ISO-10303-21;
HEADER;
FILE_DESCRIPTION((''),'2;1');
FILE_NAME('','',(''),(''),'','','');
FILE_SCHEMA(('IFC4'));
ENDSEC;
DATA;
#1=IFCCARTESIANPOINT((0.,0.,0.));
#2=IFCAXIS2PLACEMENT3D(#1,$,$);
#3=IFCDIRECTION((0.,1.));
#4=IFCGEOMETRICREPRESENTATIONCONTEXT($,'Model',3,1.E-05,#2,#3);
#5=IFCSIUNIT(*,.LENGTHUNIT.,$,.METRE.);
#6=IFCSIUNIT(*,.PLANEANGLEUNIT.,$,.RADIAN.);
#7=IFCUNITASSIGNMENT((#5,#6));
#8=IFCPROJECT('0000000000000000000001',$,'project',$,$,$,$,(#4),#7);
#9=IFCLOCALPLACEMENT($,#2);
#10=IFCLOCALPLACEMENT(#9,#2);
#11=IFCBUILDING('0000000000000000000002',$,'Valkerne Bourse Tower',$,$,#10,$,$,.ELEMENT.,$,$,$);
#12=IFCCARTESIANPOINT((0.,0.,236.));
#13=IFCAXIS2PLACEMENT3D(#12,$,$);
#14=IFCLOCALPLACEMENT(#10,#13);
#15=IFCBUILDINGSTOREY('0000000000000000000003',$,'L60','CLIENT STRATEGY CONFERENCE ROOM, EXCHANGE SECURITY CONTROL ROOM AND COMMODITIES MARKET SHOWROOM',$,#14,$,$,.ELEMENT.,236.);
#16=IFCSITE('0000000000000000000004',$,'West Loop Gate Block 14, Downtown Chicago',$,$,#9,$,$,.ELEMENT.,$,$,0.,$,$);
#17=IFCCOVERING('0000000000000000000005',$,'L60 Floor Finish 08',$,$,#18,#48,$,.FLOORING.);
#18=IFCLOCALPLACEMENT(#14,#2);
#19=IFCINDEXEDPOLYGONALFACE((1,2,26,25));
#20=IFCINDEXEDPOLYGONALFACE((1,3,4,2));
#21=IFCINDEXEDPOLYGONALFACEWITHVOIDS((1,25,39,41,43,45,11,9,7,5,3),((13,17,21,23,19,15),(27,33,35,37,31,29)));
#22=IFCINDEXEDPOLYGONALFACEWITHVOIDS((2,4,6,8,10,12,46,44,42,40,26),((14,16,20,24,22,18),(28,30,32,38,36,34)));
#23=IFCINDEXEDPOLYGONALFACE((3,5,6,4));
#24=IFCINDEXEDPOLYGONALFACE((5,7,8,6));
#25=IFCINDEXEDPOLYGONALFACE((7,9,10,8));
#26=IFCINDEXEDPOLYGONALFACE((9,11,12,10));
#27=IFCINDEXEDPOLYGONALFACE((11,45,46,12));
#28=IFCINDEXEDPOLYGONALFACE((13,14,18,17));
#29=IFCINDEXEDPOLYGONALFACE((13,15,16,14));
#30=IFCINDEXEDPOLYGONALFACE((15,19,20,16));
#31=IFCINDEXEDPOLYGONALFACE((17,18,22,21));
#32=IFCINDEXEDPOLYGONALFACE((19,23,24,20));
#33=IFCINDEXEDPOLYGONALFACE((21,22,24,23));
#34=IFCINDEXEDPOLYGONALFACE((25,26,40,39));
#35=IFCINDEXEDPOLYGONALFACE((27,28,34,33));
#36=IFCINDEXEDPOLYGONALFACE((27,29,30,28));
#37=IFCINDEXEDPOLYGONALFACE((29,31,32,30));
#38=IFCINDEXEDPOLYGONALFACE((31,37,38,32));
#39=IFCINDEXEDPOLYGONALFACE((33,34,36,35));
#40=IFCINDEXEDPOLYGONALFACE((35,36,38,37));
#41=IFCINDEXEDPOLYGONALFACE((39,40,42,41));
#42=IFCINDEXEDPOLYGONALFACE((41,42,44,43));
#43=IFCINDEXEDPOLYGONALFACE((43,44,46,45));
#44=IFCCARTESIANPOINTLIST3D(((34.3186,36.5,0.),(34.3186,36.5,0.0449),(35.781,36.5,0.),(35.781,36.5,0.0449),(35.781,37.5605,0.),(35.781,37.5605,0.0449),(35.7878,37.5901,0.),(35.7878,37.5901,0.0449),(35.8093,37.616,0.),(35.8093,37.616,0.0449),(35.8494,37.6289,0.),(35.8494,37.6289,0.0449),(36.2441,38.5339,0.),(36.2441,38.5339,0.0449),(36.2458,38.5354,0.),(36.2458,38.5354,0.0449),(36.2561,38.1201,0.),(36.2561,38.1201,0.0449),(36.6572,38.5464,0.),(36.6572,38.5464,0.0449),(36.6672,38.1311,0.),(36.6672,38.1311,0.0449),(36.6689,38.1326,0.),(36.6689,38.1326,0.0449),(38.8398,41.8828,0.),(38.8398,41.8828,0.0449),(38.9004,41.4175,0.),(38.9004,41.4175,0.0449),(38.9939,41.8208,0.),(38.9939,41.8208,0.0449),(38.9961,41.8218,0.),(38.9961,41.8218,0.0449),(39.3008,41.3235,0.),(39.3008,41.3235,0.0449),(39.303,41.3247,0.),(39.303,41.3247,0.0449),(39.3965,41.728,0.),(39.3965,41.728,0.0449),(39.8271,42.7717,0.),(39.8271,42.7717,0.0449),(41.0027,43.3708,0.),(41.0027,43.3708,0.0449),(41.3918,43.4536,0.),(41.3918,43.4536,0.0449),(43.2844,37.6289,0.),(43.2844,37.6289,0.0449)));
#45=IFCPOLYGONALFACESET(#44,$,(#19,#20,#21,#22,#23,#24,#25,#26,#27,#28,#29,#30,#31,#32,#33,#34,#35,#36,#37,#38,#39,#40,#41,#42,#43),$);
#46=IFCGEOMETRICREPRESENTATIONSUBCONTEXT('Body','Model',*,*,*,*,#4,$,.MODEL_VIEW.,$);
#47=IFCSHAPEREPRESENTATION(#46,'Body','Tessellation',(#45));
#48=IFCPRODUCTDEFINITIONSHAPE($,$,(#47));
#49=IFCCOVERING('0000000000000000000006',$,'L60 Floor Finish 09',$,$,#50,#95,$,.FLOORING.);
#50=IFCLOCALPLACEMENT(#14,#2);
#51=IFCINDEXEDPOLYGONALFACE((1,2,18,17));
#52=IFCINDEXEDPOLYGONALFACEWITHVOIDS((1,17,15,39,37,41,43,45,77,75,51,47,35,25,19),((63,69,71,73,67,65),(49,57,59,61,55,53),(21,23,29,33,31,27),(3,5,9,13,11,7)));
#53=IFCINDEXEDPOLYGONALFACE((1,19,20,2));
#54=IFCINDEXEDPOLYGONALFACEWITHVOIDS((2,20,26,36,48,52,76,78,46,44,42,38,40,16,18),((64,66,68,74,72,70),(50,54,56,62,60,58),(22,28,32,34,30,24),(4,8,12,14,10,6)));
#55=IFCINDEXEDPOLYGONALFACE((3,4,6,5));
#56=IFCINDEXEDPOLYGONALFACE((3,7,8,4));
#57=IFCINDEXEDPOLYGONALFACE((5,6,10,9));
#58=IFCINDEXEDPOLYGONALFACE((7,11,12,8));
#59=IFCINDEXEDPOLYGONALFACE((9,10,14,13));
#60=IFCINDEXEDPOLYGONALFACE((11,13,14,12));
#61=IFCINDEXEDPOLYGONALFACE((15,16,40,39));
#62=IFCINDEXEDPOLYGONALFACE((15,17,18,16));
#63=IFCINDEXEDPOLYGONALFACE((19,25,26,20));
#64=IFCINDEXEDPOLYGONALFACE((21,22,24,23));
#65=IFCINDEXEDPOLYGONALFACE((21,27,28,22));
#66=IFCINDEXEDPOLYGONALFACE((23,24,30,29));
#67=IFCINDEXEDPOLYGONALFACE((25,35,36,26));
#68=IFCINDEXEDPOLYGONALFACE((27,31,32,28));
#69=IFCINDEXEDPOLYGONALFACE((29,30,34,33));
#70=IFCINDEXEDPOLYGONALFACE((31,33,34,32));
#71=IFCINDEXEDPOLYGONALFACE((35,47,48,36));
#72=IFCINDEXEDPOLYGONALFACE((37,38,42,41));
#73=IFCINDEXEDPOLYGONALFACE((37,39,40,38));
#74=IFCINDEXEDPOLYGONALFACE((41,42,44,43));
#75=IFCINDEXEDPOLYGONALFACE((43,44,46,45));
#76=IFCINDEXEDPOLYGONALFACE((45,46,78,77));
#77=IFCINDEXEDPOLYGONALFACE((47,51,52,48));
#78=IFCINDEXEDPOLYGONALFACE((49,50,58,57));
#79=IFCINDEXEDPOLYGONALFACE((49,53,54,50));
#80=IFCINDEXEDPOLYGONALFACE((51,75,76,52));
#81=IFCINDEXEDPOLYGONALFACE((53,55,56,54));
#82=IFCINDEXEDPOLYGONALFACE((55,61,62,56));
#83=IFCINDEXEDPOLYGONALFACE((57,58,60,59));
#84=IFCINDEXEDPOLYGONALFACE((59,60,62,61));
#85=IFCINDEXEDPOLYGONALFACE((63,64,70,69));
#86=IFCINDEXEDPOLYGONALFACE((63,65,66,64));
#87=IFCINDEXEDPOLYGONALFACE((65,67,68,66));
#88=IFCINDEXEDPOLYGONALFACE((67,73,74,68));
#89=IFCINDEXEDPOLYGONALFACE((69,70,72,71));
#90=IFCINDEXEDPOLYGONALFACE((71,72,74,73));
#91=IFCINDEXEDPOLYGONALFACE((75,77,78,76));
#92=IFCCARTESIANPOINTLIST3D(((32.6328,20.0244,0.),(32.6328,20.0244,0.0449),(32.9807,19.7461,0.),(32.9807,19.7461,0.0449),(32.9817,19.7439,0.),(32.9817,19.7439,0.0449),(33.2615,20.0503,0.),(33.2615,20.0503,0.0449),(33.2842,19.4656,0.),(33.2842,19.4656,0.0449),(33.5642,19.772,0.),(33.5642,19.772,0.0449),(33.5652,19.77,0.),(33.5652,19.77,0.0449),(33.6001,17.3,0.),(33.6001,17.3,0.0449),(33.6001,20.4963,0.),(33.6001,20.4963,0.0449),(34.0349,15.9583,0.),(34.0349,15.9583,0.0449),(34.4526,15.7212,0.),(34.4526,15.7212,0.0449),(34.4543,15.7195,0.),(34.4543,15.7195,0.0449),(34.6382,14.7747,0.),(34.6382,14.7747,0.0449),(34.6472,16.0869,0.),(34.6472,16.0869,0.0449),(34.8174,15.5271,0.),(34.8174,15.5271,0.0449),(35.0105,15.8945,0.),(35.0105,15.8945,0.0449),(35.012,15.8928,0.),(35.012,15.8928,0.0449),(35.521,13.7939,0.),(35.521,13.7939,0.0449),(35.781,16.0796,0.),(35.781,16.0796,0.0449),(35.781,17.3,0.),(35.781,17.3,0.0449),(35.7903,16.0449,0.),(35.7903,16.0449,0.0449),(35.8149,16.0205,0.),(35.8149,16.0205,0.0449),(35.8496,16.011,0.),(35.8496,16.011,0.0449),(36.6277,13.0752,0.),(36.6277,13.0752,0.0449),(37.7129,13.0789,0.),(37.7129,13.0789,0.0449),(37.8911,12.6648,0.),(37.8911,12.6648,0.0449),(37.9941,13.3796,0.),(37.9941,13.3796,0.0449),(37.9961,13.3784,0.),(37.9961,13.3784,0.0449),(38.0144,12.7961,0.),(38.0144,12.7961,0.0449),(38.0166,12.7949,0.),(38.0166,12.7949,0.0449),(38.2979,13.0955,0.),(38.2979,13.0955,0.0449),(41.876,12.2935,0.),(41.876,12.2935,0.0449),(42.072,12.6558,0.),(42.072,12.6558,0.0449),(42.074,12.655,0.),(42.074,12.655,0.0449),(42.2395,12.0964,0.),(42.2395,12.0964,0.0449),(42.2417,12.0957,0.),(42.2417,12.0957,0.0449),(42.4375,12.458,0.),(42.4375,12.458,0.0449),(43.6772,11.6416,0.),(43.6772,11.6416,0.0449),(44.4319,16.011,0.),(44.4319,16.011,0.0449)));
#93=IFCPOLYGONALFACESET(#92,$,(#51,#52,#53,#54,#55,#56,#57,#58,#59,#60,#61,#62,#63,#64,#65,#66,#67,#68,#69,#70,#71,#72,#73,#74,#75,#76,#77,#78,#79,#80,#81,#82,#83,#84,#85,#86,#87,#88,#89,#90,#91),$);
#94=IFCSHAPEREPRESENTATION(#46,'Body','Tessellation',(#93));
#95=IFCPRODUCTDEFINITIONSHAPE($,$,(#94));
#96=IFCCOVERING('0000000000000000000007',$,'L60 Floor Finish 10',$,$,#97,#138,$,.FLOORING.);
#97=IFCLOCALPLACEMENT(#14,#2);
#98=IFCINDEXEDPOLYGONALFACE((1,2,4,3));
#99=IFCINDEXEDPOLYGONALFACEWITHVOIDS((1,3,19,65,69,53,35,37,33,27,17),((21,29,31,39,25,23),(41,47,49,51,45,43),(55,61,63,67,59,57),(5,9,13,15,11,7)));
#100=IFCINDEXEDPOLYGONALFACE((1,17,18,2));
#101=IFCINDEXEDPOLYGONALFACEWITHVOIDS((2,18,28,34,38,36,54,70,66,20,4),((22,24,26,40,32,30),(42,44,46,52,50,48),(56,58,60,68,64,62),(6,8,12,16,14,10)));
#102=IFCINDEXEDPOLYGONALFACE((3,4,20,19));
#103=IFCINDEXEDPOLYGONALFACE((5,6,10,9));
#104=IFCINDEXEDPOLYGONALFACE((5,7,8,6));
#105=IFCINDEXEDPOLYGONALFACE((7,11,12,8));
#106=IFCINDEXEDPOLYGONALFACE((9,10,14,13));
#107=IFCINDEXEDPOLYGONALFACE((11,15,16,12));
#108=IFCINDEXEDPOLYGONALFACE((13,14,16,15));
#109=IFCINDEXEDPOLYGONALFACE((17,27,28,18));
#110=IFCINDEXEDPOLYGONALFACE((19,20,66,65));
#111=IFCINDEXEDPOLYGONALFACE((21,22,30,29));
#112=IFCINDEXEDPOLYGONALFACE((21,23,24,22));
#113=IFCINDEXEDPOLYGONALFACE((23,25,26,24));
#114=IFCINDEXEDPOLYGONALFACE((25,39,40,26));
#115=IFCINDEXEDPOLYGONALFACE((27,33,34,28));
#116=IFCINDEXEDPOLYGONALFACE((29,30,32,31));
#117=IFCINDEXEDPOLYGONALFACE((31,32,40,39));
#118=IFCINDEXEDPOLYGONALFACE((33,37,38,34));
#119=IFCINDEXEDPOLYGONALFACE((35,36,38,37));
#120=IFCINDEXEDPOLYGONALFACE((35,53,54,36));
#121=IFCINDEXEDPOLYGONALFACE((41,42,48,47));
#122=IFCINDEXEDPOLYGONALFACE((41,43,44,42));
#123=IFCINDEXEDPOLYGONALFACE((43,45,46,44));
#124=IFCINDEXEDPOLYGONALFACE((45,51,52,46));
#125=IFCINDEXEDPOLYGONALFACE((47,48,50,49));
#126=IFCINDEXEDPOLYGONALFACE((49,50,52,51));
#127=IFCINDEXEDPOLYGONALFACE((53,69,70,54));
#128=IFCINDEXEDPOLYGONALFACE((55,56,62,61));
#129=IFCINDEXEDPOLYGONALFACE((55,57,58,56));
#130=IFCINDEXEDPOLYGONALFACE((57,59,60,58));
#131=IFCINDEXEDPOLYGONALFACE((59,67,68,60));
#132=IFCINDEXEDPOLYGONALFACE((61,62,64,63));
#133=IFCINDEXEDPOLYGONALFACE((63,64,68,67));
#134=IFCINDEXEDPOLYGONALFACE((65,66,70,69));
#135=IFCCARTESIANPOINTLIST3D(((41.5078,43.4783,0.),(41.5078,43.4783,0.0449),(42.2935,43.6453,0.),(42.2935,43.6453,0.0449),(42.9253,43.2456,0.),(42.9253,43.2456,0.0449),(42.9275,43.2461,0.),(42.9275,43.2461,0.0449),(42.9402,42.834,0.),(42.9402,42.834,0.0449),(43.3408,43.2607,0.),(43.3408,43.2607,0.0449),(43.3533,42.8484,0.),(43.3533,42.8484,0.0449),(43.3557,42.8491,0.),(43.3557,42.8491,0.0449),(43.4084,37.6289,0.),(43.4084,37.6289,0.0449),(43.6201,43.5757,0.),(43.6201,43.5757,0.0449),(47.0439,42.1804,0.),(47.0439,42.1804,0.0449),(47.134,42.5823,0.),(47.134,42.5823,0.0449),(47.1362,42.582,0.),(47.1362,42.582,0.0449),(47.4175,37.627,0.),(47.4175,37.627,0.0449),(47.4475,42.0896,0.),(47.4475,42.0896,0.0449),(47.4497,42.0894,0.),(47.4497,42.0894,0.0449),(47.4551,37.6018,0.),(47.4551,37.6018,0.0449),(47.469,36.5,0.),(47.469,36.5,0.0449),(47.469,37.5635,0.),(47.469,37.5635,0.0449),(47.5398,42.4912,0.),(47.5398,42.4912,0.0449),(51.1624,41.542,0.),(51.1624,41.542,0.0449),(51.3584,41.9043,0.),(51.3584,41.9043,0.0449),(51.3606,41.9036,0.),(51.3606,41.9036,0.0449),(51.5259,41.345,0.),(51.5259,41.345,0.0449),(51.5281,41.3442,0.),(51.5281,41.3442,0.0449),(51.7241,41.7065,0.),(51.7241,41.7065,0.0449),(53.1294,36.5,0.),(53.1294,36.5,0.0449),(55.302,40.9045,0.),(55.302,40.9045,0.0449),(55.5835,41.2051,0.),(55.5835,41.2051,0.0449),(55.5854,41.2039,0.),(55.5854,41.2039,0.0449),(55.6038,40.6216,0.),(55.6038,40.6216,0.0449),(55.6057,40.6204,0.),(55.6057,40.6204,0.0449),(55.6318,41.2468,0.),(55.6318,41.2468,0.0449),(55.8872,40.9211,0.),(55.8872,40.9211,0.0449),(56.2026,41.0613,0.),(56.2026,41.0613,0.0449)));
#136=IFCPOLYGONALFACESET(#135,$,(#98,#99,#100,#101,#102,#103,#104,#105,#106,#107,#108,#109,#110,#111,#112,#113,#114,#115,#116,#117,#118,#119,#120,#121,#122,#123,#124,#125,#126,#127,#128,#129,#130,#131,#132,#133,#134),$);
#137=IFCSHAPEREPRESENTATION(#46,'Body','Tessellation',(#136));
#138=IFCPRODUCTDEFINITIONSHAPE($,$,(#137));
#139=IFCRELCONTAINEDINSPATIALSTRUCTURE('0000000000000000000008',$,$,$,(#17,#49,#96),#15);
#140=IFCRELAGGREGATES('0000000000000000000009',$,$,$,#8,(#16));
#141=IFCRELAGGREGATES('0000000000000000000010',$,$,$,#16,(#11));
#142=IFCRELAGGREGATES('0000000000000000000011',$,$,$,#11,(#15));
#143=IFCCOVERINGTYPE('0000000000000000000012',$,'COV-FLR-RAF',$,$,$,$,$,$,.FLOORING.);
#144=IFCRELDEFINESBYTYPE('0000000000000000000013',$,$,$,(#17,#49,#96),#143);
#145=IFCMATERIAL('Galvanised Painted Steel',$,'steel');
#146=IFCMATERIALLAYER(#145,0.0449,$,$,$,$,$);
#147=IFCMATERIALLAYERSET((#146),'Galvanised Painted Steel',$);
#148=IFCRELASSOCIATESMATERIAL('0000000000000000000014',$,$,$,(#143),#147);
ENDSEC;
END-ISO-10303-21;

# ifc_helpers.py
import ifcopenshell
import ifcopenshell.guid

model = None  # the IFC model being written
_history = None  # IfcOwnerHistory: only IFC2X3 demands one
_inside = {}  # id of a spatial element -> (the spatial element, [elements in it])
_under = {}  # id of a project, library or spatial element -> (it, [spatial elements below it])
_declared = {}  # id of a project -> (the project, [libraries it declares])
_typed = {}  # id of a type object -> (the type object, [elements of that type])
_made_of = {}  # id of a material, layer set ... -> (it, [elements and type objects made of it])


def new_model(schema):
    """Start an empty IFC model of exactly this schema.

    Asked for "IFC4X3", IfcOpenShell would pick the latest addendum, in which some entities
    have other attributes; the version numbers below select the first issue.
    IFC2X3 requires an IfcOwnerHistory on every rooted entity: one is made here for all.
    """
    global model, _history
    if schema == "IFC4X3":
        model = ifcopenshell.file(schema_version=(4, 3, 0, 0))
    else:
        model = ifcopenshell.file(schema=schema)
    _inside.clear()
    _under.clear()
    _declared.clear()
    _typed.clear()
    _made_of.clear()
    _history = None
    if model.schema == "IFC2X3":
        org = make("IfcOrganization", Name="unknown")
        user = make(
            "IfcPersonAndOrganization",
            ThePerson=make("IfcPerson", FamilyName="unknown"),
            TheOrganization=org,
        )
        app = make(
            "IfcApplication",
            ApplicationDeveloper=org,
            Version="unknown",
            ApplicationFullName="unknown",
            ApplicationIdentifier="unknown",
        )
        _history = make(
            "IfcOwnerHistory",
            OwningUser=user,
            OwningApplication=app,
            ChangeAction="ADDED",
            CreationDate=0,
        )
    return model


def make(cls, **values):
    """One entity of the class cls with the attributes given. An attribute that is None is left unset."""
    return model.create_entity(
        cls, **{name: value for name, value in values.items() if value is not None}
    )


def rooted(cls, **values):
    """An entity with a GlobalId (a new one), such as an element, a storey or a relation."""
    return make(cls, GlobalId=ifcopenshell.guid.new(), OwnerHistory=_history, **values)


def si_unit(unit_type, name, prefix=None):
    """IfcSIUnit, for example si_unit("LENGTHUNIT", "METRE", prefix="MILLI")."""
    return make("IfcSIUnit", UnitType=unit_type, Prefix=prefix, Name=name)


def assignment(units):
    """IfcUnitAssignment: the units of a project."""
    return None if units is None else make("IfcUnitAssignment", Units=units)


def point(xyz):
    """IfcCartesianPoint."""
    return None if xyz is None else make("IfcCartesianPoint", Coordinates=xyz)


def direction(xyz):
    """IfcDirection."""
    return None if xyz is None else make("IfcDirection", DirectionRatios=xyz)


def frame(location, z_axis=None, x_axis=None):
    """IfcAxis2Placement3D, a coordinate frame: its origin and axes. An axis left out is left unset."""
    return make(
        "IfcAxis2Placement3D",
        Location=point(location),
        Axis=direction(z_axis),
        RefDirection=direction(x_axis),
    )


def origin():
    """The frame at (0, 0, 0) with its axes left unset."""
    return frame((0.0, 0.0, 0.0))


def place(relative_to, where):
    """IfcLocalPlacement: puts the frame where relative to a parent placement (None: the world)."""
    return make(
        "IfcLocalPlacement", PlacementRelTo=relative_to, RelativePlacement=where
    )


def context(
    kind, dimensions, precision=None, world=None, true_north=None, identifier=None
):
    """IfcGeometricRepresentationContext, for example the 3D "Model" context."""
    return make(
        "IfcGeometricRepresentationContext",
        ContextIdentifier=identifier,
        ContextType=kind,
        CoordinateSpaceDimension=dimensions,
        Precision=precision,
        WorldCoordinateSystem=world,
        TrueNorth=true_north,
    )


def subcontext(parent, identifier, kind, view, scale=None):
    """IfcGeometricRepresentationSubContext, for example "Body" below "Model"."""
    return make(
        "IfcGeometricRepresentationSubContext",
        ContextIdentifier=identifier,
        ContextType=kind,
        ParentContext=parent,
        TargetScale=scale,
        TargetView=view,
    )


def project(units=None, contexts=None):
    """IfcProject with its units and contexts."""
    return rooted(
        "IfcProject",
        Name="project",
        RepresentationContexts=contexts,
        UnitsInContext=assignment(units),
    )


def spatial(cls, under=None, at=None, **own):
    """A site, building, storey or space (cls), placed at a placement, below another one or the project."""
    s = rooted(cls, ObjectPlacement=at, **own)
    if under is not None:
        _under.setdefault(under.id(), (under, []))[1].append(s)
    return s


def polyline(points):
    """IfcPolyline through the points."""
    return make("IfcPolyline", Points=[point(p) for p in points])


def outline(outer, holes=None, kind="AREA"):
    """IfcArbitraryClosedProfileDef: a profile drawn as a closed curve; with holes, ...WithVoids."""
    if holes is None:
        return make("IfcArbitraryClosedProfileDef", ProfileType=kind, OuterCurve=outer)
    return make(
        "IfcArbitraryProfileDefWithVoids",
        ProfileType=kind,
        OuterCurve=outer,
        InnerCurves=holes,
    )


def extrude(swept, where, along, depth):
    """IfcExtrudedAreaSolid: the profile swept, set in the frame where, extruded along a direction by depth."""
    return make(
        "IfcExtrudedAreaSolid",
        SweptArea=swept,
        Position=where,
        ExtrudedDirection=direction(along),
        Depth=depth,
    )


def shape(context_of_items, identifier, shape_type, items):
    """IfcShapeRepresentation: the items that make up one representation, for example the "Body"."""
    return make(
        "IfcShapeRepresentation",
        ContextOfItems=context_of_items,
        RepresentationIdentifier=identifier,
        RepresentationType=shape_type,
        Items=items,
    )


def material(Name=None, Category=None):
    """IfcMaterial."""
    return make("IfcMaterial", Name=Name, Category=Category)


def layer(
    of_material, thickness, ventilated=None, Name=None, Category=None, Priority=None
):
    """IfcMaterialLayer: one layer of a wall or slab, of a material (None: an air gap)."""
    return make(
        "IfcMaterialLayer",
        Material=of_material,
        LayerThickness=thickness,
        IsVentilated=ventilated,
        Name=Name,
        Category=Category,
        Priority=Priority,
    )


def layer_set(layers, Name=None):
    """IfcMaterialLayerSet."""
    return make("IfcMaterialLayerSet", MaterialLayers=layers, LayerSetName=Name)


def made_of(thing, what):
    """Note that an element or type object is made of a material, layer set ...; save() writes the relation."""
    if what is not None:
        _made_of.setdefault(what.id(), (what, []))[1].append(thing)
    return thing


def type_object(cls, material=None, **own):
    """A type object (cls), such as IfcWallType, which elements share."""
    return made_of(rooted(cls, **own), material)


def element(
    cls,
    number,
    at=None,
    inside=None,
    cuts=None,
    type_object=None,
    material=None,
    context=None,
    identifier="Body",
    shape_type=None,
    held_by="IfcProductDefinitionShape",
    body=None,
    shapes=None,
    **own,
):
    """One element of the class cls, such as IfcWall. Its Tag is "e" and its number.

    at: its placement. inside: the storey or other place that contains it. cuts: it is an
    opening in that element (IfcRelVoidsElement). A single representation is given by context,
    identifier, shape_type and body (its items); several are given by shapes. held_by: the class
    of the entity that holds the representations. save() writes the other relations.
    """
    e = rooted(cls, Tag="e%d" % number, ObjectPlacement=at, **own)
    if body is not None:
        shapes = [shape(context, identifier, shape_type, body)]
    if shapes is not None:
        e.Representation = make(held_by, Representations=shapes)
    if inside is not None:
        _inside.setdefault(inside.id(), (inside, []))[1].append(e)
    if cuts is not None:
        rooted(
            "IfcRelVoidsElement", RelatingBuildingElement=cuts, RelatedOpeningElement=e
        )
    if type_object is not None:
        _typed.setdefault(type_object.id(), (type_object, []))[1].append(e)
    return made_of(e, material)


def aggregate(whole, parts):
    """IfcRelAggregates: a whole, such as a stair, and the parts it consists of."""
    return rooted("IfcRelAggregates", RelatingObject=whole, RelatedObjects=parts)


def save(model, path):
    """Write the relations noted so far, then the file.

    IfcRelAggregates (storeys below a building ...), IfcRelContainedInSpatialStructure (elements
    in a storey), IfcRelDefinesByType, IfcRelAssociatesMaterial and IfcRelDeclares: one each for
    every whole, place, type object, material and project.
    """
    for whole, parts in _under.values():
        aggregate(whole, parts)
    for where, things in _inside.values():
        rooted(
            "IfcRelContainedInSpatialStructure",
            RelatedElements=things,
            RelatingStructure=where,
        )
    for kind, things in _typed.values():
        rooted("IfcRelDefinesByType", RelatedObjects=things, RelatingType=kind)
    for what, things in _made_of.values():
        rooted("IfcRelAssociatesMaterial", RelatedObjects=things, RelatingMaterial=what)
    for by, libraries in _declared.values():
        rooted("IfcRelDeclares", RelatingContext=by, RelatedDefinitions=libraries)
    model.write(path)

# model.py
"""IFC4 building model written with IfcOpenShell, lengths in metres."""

from ifc_helpers import new_model, si_unit, direction, frame, origin, place, context, subcontext, project, spatial, polyline, outline, extrude, material, layer, layer_set, type_object, element, save


model = new_model("IFC4")

# Units and contexts
model_context = context("Model", 3, precision=1e-05, world=origin(), true_north=direction((0.0, 1.0)))
body_context = subcontext(model_context, "Body", "Model", "MODEL_VIEW")
ifc_project = project(units=[si_unit("LENGTHUNIT", "METRE"), si_unit("PLANEANGLEUNIT", "RADIAN")], contexts=[model_context])

# Site, building, storey
site_placement = place(None, origin())
site = spatial("IfcSite", under=ifc_project, at=site_placement, Name="West Loop Gate Block 14, Downtown Chicago", CompositionType="ELEMENT", RefElevation=0.0)
building_placement = place(site_placement, origin())
building = spatial("IfcBuilding", under=site, at=building_placement, Name="Valkerne Bourse Tower", CompositionType="ELEMENT")
storey_placement = place(building_placement, frame((0.0, 0.0, 236.0)))
storey = spatial("IfcBuildingStorey", under=building, at=storey_placement, Name="L60", Description="CLIENT STRATEGY CONFERENCE ROOM, EXCHANGE SECURITY CONTROL ROOM AND COMMODITIES MARKET SHOWROOM", CompositionType="ELEMENT", Elevation=236.0)

# Coverings
ifc_material_1 = material(Name="Galvanised Painted Steel", Category="steel")
ifc_layer_1 = layer(ifc_material_1, 0.0449)
ifc_layer_set_1 = layer_set([ifc_layer_1], Name="Galvanised Painted Steel")
covering_type_1 = type_object("IfcCoveringType", Name="COV-FLR-RAF", PredefinedType="FLOORING", material=ifc_layer_set_1)
covering_1_placement = place(storey_placement, origin())
element("IfcCovering", 1, at=covering_1_placement, inside=storey, type_object=covering_type_1, Name="L60 Floor Finish 08", PredefinedType="FLOORING", context=body_context, shape_type="SweptSolid", body=[
    extrude(outline(polyline([(41.0027, 43.3708), (41.3918, 43.4536), (43.2844, 37.6289), (35.8494, 37.6289), (35.8093, 37.616), (35.7878, 37.5901), (35.781, 37.5605), (35.781, 36.5), (34.3186, 36.5), (38.8398, 41.8828), (39.8271, 42.7717), (41.0027, 43.3708)]), holes=[polyline([(36.6672, 38.1311), (36.6689, 38.1326), (36.6572, 38.5464), (36.2458, 38.5354), (36.2441, 38.5339), (36.2561, 38.1201), (36.6672, 38.1311)]), polyline([(39.303, 41.3247), (39.3965, 41.728), (38.9961, 41.8218), (38.9939, 41.8208), (38.9004, 41.4175), (39.3008, 41.3235), (39.303, 41.3247)])]), origin(), (0.0, 0.0, 1.0), 0.0449),
])
covering_2_placement = place(storey_placement, origin())
element("IfcCovering", 2, at=covering_2_placement, inside=storey, type_object=covering_type_1, Name="L60 Floor Finish 09", PredefinedType="FLOORING", context=body_context, shape_type="SweptSolid", body=[
    extrude(outline(polyline([(35.521, 13.7939), (34.6382, 14.7747), (34.0349, 15.9583), (32.6328, 20.0244), (33.6001, 20.4963), (33.6001, 17.3), (35.781, 17.3), (35.781, 16.0796), (35.7903, 16.0449), (35.8149, 16.0205), (35.8496, 16.011), (44.4319, 16.011), (43.6772, 11.6416), (37.8911, 12.6648), (36.6277, 13.0752), (35.521, 13.7939)]), holes=[polyline([(42.074, 12.655), (42.072, 12.6558), (41.876, 12.2935), (42.2395, 12.0964), (42.2417, 12.0957), (42.4375, 12.458), (42.074, 12.655)]), polyline([(37.9961, 13.3784), (37.9941, 13.3796), (37.7129, 13.0789), (38.0144, 12.7961), (38.0166, 12.7949), (38.2979, 13.0955), (37.9961, 13.3784)]), polyline([(35.0105, 15.8945), (34.6472, 16.0869), (34.4526, 15.7212), (34.4543, 15.7195), (34.8174, 15.5271), (35.012, 15.8928), (35.0105, 15.8945)]), polyline([(33.5642, 19.772), (33.2615, 20.0503), (32.9807, 19.7461), (32.9817, 19.7439), (33.2842, 19.4656), (33.5652, 19.77), (33.5642, 19.772)])]), origin(), (0.0, 0.0, 1.0), 0.0449),
])
covering_3_placement = place(storey_placement, origin())
element("IfcCovering", 3, at=covering_3_placement, inside=storey, type_object=covering_type_1, Name="L60 Floor Finish 10", PredefinedType="FLOORING", context=body_context, shape_type="SweptSolid", body=[
    extrude(outline(polyline([(55.6318, 41.2468), (56.2026, 41.0613), (53.1294, 36.5), (47.469, 36.5), (47.469, 37.5635), (47.4551, 37.6018), (47.4175, 37.627), (43.4084, 37.6289), (41.5078, 43.4783), (42.2935, 43.6453), (43.6201, 43.5757), (55.6318, 41.2468)]), holes=[polyline([(43.3557, 42.8491), (43.3408, 43.2607), (42.9275, 43.2461), (42.9253, 43.2456), (42.9402, 42.834), (43.3533, 42.8484), (43.3557, 42.8491)]), polyline([(55.5854, 41.2039), (55.5835, 41.2051), (55.302, 40.9045), (55.6038, 40.6216), (55.6057, 40.6204), (55.8872, 40.9211), (55.5854, 41.2039)]), polyline([(51.3606, 41.9036), (51.3584, 41.9043), (51.1624, 41.542), (51.5259, 41.345), (51.5281, 41.3442), (51.7241, 41.7065), (51.3606, 41.9036)]), polyline([(47.5398, 42.4912), (47.1362, 42.582), (47.134, 42.5823), (47.0439, 42.1804), (47.4475, 42.0896), (47.4497, 42.0894), (47.5398, 42.4912)])]), origin(), (0.0, 0.0, 1.0), 0.0449),
])

save(model, "model.ifc")
